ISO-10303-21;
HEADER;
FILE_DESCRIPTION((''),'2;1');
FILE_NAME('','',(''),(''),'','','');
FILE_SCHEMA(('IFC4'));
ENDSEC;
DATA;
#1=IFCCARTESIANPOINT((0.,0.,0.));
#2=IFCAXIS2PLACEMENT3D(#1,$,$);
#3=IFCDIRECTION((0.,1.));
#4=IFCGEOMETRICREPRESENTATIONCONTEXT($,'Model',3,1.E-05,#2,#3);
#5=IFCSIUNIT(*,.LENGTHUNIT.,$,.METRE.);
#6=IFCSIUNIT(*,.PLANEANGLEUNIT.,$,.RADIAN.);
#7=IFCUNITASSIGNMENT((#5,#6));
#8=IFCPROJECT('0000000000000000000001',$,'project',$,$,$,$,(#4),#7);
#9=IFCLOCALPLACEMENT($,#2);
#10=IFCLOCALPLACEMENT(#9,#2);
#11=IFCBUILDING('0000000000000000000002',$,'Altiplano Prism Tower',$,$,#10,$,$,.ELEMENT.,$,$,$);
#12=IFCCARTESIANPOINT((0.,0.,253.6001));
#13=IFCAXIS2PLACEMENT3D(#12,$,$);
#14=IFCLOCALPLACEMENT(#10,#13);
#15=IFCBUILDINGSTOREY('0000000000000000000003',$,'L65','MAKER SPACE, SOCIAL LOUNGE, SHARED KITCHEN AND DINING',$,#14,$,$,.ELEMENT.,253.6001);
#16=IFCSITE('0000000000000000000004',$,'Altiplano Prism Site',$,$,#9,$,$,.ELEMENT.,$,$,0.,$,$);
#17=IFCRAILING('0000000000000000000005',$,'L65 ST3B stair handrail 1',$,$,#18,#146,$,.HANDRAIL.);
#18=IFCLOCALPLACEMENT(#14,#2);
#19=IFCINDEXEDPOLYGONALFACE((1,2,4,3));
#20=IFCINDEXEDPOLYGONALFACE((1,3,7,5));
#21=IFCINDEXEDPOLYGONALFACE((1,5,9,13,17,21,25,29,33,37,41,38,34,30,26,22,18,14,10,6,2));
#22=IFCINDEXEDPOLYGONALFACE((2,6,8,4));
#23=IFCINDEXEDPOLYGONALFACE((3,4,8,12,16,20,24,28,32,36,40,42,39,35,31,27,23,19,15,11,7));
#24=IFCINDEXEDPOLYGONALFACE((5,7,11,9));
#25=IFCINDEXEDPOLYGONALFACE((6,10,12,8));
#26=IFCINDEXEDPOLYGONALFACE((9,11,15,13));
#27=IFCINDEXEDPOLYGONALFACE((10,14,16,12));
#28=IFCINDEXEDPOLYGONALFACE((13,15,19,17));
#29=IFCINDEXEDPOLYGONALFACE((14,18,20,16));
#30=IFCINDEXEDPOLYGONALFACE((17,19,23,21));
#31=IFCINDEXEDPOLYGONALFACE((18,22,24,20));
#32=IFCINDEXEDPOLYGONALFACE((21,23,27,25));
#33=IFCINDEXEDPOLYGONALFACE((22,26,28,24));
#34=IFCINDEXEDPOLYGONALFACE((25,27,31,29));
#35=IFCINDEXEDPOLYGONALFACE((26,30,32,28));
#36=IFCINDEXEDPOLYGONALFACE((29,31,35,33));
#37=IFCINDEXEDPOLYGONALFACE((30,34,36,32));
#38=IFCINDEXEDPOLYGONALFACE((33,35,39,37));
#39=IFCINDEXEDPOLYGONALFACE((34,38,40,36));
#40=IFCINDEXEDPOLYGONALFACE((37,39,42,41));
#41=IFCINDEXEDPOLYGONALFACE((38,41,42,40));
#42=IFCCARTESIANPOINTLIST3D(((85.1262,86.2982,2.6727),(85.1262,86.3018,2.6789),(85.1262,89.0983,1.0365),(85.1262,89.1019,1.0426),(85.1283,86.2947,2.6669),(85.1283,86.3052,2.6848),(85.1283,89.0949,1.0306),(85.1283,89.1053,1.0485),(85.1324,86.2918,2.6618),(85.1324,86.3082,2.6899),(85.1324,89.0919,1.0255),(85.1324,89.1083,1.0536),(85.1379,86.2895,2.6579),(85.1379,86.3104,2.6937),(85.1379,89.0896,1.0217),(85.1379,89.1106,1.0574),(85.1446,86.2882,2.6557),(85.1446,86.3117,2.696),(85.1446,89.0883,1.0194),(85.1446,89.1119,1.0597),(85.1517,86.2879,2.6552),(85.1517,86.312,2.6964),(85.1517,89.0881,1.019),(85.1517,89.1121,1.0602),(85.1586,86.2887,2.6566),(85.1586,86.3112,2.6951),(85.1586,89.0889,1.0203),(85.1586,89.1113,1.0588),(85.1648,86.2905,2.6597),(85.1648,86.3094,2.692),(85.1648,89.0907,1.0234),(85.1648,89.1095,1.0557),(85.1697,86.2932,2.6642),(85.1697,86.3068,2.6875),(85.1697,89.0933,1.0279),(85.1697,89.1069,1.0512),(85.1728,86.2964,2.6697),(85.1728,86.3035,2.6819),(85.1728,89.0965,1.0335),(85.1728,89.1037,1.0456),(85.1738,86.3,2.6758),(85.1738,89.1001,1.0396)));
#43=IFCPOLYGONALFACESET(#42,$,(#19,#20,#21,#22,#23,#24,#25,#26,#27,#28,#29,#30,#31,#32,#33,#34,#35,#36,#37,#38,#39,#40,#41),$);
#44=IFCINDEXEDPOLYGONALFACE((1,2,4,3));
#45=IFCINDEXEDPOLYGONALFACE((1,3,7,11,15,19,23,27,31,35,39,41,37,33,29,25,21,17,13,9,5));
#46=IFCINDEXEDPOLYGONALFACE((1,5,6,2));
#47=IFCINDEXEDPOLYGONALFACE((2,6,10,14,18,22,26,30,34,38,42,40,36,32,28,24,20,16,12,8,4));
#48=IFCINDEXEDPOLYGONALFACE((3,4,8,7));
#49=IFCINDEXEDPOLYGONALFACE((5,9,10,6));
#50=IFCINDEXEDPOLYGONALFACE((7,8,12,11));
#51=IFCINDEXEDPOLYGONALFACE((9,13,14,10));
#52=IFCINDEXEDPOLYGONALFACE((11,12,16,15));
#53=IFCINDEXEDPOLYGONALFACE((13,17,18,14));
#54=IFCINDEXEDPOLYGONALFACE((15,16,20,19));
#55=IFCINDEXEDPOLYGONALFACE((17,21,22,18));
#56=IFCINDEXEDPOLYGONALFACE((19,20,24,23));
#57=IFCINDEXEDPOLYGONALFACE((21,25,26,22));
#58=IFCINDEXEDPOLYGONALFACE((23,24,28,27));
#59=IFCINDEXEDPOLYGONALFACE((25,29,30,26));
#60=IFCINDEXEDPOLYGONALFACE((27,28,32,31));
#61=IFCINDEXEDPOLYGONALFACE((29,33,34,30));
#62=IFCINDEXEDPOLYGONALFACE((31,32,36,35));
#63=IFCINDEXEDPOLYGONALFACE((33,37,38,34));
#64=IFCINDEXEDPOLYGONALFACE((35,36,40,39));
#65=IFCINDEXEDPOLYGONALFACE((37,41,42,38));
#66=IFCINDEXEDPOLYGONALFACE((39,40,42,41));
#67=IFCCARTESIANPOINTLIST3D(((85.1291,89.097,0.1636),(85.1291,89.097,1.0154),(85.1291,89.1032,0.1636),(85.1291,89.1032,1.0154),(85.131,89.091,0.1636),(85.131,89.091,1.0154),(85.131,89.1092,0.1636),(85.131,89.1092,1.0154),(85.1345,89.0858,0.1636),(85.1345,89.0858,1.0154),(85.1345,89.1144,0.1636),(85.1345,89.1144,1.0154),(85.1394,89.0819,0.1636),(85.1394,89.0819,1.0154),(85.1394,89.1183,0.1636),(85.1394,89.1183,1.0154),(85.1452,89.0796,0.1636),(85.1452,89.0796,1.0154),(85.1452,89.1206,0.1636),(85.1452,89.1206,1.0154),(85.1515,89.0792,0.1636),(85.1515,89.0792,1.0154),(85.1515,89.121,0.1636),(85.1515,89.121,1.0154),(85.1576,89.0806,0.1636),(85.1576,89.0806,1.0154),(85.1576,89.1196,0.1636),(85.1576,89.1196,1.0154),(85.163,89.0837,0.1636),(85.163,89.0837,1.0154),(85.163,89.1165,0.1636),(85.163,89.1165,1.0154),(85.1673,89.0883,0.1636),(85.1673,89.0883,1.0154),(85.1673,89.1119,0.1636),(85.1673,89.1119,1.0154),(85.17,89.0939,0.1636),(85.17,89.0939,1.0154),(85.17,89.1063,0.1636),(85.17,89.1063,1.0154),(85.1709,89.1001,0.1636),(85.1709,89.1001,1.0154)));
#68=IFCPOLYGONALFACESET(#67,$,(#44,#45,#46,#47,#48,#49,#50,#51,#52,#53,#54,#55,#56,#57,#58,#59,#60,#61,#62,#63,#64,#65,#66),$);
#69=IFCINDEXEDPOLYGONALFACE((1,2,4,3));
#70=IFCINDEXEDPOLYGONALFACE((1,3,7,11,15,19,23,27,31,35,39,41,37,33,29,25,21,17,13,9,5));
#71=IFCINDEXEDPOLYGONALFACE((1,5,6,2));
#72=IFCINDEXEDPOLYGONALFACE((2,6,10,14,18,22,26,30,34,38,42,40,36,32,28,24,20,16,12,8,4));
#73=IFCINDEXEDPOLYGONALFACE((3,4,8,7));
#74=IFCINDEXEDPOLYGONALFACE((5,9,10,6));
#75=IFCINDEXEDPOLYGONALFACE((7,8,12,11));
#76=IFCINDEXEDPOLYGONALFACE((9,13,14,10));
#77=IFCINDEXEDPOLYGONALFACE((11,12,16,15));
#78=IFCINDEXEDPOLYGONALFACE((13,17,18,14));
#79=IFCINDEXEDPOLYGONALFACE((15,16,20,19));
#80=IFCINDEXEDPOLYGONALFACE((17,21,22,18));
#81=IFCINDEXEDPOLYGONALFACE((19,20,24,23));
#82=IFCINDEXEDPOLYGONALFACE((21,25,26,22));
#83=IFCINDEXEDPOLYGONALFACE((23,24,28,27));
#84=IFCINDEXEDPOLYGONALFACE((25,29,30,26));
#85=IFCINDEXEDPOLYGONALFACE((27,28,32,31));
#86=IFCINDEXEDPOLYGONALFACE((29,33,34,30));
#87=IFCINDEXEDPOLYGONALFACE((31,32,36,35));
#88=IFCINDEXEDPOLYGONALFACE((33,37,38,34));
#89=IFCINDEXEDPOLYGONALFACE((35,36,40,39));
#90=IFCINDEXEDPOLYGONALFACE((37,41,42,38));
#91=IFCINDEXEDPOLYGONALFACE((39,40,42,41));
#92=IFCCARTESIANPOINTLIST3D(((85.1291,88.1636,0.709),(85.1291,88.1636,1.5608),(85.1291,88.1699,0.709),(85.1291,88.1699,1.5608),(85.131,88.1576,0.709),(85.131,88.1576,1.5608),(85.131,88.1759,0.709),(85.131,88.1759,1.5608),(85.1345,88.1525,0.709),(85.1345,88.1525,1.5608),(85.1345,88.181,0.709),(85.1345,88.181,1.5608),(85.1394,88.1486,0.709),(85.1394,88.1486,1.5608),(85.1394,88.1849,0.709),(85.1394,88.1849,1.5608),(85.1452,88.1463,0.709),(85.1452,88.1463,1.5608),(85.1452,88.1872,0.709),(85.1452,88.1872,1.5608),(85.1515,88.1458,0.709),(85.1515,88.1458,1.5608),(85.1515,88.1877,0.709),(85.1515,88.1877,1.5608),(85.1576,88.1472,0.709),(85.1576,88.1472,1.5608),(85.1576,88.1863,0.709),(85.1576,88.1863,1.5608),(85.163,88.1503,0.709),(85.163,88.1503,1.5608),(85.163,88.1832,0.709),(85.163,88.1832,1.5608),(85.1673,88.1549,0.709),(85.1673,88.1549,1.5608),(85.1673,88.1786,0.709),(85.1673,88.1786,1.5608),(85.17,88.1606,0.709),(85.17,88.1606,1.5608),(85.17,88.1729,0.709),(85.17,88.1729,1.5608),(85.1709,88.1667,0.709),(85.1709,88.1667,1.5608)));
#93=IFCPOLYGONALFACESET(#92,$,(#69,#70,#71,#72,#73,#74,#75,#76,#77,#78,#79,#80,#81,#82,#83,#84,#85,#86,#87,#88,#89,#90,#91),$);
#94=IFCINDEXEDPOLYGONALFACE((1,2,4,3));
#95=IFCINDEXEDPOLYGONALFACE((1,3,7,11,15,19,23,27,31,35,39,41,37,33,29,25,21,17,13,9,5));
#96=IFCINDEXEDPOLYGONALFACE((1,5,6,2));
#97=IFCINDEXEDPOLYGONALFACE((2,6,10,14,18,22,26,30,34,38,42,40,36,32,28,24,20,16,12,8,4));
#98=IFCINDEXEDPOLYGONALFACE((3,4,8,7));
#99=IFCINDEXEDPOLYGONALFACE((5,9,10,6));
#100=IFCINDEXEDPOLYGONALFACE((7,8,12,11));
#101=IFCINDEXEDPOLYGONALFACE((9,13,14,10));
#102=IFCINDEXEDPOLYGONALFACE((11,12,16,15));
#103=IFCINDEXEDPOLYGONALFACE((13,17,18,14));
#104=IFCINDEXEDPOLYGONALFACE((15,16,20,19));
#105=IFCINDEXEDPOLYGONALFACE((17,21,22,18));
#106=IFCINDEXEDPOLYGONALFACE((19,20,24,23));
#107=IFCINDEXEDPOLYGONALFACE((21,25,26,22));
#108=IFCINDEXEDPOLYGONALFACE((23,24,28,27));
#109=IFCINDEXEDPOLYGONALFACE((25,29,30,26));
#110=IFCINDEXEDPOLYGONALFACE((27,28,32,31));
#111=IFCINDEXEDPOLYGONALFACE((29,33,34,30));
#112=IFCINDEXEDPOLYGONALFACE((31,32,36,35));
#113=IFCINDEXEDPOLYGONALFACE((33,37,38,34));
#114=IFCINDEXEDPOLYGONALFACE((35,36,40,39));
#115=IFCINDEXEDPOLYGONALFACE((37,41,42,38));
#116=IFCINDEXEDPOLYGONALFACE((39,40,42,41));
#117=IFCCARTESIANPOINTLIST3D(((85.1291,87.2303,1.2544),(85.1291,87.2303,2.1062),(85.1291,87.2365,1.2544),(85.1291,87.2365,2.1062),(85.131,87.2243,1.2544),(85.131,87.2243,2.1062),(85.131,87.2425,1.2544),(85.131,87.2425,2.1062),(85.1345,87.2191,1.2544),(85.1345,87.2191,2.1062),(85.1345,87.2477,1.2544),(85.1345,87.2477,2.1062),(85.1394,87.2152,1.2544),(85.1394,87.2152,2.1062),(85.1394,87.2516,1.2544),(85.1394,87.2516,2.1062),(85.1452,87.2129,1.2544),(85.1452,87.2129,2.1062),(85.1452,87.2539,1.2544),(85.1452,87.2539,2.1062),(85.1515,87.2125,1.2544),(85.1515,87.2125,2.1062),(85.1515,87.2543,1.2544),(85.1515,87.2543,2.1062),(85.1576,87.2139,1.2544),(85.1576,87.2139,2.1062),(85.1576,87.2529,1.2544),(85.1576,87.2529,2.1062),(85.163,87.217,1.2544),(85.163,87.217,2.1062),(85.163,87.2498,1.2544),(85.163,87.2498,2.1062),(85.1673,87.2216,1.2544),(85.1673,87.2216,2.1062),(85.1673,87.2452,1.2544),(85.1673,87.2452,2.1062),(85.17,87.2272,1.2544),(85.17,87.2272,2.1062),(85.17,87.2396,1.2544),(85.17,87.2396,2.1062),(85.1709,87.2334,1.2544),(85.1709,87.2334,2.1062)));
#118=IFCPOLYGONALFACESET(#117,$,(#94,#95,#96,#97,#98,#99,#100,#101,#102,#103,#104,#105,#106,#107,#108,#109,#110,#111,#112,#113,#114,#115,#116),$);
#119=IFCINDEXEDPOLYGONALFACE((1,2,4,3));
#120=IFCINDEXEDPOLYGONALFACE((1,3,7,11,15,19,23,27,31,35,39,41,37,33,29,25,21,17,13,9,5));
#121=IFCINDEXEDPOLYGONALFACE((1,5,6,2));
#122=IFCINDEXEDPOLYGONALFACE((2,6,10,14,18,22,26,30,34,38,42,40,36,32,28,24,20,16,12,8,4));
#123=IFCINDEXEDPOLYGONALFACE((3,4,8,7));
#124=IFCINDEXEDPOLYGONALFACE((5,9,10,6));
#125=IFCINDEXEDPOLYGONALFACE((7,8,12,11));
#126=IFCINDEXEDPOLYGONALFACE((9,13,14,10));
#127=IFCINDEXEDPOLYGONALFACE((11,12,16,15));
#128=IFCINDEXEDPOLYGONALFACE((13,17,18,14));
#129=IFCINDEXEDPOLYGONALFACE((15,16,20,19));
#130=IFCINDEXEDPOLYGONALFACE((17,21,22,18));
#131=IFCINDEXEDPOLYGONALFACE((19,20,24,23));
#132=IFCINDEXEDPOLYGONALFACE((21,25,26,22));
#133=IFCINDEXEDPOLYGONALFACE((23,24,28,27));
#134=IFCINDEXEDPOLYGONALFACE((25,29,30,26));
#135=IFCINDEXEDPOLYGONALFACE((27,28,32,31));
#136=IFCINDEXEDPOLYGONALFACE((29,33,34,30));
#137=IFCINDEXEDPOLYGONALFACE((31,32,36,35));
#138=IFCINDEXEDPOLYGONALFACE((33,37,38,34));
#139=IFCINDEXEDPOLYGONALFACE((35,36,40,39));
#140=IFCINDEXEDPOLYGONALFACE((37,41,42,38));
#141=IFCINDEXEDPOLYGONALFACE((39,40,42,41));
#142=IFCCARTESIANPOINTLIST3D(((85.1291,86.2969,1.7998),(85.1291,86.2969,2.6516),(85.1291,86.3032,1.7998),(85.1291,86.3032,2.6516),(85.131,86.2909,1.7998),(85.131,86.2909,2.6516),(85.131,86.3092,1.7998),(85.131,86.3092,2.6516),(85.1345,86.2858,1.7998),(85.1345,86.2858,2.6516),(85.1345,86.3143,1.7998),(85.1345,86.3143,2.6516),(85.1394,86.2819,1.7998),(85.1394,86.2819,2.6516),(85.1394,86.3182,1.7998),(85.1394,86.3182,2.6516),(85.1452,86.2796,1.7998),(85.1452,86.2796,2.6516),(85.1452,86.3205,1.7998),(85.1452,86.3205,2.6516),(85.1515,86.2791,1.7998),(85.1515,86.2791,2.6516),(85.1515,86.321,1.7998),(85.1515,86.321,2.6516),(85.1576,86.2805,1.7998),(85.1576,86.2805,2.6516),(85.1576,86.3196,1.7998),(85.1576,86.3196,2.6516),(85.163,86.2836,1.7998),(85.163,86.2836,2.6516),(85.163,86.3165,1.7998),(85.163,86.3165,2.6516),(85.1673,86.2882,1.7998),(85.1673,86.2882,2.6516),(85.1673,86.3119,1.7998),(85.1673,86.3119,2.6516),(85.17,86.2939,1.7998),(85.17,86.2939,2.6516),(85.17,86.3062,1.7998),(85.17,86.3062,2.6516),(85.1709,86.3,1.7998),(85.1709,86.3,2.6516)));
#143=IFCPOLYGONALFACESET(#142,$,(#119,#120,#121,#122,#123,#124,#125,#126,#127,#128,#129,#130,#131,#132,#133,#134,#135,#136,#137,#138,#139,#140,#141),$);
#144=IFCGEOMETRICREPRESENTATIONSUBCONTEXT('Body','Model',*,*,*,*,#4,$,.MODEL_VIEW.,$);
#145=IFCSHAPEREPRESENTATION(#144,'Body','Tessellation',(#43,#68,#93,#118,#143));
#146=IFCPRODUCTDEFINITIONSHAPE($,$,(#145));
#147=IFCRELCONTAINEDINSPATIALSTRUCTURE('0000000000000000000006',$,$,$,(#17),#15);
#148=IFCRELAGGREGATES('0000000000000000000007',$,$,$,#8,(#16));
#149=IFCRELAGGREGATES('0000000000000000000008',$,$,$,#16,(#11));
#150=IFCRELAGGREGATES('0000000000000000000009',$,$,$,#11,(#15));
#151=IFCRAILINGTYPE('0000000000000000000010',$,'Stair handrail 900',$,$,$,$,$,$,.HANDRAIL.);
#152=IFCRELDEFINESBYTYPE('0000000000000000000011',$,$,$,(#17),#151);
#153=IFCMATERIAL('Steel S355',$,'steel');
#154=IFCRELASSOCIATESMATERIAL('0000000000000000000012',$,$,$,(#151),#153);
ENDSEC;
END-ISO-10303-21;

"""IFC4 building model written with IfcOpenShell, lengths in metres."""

from ifc_helpers import new_model, si_unit, direction, frame, origin, origin_2d, place, context, subcontext, project, spatial, circle, extrude, material, type_object, element, save


model = new_model("IFC4")

# Units and contexts
model_context = context("Model", 3, precision=1e-05, world=origin(), true_north=direction((0.0, 1.0)))
body_context = subcontext(model_context, "Body", "Model", "MODEL_VIEW")
ifc_project = project(units=[si_unit("LENGTHUNIT", "METRE"), si_unit("PLANEANGLEUNIT", "RADIAN")], contexts=[model_context])

# Site, building, storey
site_placement = place(None, origin())
site = spatial("IfcSite", under=ifc_project, at=site_placement, Name="Altiplano Prism Site", CompositionType="ELEMENT", RefElevation=0.0)
building_placement = place(site_placement, origin())
building = spatial("IfcBuilding", under=site, at=building_placement, Name="Altiplano Prism Tower", CompositionType="ELEMENT")
storey_placement = place(building_placement, frame((0.0, 0.0, 253.6001)))
storey = spatial("IfcBuildingStorey", under=building, at=storey_placement, Name="L65", Description="MAKER SPACE, SOCIAL LOUNGE, SHARED KITCHEN AND DINING", CompositionType="ELEMENT", Elevation=253.6001)

# Railing
ifc_material_1 = material(Name="Steel S355", Category="steel")
railing_type_1 = type_object("IfcRailingType", Name="Stair handrail 900", PredefinedType="HANDRAIL", material=ifc_material_1)
railing_1_placement = place(storey_placement, frame((85.1499, 89.1001, 0.1636)))
element("IfcRailing", 1, at=railing_1_placement, inside=storey, type_object=railing_type_1, Name="L65 ST3B stair handrail 1", PredefinedType="HANDRAIL", context=body_context, shape_type="SweptSolid", body=[
    extrude(circle(Radius=0.0239, at=origin_2d()), frame((0.0, 0.0, 0.876), z_axis=(0.0, -0.863394, 0.504531), x_axis=(1.0, 0.0, 0.0)), (0.0, 0.0, 1.0), 3.2432),
    extrude(circle(Radius=0.021, at=origin_2d()), origin(), (0.0, 0.0, 1.0), 0.8518),
    extrude(circle(Radius=0.021, at=origin_2d()), frame((0.0, -0.9333, 0.5454)), (0.0, 0.0, 1.0), 0.8518),
    extrude(circle(Radius=0.021, at=origin_2d()), frame((0.0, -1.8667, 1.0908)), (0.0, 0.0, 1.0), 0.8518),
    extrude(circle(Radius=0.021, at=origin_2d()), frame((0.0, -2.8, 1.6362)), (0.0, 0.0, 1.0), 0.8518),
])

save(model, "model.ifc")
